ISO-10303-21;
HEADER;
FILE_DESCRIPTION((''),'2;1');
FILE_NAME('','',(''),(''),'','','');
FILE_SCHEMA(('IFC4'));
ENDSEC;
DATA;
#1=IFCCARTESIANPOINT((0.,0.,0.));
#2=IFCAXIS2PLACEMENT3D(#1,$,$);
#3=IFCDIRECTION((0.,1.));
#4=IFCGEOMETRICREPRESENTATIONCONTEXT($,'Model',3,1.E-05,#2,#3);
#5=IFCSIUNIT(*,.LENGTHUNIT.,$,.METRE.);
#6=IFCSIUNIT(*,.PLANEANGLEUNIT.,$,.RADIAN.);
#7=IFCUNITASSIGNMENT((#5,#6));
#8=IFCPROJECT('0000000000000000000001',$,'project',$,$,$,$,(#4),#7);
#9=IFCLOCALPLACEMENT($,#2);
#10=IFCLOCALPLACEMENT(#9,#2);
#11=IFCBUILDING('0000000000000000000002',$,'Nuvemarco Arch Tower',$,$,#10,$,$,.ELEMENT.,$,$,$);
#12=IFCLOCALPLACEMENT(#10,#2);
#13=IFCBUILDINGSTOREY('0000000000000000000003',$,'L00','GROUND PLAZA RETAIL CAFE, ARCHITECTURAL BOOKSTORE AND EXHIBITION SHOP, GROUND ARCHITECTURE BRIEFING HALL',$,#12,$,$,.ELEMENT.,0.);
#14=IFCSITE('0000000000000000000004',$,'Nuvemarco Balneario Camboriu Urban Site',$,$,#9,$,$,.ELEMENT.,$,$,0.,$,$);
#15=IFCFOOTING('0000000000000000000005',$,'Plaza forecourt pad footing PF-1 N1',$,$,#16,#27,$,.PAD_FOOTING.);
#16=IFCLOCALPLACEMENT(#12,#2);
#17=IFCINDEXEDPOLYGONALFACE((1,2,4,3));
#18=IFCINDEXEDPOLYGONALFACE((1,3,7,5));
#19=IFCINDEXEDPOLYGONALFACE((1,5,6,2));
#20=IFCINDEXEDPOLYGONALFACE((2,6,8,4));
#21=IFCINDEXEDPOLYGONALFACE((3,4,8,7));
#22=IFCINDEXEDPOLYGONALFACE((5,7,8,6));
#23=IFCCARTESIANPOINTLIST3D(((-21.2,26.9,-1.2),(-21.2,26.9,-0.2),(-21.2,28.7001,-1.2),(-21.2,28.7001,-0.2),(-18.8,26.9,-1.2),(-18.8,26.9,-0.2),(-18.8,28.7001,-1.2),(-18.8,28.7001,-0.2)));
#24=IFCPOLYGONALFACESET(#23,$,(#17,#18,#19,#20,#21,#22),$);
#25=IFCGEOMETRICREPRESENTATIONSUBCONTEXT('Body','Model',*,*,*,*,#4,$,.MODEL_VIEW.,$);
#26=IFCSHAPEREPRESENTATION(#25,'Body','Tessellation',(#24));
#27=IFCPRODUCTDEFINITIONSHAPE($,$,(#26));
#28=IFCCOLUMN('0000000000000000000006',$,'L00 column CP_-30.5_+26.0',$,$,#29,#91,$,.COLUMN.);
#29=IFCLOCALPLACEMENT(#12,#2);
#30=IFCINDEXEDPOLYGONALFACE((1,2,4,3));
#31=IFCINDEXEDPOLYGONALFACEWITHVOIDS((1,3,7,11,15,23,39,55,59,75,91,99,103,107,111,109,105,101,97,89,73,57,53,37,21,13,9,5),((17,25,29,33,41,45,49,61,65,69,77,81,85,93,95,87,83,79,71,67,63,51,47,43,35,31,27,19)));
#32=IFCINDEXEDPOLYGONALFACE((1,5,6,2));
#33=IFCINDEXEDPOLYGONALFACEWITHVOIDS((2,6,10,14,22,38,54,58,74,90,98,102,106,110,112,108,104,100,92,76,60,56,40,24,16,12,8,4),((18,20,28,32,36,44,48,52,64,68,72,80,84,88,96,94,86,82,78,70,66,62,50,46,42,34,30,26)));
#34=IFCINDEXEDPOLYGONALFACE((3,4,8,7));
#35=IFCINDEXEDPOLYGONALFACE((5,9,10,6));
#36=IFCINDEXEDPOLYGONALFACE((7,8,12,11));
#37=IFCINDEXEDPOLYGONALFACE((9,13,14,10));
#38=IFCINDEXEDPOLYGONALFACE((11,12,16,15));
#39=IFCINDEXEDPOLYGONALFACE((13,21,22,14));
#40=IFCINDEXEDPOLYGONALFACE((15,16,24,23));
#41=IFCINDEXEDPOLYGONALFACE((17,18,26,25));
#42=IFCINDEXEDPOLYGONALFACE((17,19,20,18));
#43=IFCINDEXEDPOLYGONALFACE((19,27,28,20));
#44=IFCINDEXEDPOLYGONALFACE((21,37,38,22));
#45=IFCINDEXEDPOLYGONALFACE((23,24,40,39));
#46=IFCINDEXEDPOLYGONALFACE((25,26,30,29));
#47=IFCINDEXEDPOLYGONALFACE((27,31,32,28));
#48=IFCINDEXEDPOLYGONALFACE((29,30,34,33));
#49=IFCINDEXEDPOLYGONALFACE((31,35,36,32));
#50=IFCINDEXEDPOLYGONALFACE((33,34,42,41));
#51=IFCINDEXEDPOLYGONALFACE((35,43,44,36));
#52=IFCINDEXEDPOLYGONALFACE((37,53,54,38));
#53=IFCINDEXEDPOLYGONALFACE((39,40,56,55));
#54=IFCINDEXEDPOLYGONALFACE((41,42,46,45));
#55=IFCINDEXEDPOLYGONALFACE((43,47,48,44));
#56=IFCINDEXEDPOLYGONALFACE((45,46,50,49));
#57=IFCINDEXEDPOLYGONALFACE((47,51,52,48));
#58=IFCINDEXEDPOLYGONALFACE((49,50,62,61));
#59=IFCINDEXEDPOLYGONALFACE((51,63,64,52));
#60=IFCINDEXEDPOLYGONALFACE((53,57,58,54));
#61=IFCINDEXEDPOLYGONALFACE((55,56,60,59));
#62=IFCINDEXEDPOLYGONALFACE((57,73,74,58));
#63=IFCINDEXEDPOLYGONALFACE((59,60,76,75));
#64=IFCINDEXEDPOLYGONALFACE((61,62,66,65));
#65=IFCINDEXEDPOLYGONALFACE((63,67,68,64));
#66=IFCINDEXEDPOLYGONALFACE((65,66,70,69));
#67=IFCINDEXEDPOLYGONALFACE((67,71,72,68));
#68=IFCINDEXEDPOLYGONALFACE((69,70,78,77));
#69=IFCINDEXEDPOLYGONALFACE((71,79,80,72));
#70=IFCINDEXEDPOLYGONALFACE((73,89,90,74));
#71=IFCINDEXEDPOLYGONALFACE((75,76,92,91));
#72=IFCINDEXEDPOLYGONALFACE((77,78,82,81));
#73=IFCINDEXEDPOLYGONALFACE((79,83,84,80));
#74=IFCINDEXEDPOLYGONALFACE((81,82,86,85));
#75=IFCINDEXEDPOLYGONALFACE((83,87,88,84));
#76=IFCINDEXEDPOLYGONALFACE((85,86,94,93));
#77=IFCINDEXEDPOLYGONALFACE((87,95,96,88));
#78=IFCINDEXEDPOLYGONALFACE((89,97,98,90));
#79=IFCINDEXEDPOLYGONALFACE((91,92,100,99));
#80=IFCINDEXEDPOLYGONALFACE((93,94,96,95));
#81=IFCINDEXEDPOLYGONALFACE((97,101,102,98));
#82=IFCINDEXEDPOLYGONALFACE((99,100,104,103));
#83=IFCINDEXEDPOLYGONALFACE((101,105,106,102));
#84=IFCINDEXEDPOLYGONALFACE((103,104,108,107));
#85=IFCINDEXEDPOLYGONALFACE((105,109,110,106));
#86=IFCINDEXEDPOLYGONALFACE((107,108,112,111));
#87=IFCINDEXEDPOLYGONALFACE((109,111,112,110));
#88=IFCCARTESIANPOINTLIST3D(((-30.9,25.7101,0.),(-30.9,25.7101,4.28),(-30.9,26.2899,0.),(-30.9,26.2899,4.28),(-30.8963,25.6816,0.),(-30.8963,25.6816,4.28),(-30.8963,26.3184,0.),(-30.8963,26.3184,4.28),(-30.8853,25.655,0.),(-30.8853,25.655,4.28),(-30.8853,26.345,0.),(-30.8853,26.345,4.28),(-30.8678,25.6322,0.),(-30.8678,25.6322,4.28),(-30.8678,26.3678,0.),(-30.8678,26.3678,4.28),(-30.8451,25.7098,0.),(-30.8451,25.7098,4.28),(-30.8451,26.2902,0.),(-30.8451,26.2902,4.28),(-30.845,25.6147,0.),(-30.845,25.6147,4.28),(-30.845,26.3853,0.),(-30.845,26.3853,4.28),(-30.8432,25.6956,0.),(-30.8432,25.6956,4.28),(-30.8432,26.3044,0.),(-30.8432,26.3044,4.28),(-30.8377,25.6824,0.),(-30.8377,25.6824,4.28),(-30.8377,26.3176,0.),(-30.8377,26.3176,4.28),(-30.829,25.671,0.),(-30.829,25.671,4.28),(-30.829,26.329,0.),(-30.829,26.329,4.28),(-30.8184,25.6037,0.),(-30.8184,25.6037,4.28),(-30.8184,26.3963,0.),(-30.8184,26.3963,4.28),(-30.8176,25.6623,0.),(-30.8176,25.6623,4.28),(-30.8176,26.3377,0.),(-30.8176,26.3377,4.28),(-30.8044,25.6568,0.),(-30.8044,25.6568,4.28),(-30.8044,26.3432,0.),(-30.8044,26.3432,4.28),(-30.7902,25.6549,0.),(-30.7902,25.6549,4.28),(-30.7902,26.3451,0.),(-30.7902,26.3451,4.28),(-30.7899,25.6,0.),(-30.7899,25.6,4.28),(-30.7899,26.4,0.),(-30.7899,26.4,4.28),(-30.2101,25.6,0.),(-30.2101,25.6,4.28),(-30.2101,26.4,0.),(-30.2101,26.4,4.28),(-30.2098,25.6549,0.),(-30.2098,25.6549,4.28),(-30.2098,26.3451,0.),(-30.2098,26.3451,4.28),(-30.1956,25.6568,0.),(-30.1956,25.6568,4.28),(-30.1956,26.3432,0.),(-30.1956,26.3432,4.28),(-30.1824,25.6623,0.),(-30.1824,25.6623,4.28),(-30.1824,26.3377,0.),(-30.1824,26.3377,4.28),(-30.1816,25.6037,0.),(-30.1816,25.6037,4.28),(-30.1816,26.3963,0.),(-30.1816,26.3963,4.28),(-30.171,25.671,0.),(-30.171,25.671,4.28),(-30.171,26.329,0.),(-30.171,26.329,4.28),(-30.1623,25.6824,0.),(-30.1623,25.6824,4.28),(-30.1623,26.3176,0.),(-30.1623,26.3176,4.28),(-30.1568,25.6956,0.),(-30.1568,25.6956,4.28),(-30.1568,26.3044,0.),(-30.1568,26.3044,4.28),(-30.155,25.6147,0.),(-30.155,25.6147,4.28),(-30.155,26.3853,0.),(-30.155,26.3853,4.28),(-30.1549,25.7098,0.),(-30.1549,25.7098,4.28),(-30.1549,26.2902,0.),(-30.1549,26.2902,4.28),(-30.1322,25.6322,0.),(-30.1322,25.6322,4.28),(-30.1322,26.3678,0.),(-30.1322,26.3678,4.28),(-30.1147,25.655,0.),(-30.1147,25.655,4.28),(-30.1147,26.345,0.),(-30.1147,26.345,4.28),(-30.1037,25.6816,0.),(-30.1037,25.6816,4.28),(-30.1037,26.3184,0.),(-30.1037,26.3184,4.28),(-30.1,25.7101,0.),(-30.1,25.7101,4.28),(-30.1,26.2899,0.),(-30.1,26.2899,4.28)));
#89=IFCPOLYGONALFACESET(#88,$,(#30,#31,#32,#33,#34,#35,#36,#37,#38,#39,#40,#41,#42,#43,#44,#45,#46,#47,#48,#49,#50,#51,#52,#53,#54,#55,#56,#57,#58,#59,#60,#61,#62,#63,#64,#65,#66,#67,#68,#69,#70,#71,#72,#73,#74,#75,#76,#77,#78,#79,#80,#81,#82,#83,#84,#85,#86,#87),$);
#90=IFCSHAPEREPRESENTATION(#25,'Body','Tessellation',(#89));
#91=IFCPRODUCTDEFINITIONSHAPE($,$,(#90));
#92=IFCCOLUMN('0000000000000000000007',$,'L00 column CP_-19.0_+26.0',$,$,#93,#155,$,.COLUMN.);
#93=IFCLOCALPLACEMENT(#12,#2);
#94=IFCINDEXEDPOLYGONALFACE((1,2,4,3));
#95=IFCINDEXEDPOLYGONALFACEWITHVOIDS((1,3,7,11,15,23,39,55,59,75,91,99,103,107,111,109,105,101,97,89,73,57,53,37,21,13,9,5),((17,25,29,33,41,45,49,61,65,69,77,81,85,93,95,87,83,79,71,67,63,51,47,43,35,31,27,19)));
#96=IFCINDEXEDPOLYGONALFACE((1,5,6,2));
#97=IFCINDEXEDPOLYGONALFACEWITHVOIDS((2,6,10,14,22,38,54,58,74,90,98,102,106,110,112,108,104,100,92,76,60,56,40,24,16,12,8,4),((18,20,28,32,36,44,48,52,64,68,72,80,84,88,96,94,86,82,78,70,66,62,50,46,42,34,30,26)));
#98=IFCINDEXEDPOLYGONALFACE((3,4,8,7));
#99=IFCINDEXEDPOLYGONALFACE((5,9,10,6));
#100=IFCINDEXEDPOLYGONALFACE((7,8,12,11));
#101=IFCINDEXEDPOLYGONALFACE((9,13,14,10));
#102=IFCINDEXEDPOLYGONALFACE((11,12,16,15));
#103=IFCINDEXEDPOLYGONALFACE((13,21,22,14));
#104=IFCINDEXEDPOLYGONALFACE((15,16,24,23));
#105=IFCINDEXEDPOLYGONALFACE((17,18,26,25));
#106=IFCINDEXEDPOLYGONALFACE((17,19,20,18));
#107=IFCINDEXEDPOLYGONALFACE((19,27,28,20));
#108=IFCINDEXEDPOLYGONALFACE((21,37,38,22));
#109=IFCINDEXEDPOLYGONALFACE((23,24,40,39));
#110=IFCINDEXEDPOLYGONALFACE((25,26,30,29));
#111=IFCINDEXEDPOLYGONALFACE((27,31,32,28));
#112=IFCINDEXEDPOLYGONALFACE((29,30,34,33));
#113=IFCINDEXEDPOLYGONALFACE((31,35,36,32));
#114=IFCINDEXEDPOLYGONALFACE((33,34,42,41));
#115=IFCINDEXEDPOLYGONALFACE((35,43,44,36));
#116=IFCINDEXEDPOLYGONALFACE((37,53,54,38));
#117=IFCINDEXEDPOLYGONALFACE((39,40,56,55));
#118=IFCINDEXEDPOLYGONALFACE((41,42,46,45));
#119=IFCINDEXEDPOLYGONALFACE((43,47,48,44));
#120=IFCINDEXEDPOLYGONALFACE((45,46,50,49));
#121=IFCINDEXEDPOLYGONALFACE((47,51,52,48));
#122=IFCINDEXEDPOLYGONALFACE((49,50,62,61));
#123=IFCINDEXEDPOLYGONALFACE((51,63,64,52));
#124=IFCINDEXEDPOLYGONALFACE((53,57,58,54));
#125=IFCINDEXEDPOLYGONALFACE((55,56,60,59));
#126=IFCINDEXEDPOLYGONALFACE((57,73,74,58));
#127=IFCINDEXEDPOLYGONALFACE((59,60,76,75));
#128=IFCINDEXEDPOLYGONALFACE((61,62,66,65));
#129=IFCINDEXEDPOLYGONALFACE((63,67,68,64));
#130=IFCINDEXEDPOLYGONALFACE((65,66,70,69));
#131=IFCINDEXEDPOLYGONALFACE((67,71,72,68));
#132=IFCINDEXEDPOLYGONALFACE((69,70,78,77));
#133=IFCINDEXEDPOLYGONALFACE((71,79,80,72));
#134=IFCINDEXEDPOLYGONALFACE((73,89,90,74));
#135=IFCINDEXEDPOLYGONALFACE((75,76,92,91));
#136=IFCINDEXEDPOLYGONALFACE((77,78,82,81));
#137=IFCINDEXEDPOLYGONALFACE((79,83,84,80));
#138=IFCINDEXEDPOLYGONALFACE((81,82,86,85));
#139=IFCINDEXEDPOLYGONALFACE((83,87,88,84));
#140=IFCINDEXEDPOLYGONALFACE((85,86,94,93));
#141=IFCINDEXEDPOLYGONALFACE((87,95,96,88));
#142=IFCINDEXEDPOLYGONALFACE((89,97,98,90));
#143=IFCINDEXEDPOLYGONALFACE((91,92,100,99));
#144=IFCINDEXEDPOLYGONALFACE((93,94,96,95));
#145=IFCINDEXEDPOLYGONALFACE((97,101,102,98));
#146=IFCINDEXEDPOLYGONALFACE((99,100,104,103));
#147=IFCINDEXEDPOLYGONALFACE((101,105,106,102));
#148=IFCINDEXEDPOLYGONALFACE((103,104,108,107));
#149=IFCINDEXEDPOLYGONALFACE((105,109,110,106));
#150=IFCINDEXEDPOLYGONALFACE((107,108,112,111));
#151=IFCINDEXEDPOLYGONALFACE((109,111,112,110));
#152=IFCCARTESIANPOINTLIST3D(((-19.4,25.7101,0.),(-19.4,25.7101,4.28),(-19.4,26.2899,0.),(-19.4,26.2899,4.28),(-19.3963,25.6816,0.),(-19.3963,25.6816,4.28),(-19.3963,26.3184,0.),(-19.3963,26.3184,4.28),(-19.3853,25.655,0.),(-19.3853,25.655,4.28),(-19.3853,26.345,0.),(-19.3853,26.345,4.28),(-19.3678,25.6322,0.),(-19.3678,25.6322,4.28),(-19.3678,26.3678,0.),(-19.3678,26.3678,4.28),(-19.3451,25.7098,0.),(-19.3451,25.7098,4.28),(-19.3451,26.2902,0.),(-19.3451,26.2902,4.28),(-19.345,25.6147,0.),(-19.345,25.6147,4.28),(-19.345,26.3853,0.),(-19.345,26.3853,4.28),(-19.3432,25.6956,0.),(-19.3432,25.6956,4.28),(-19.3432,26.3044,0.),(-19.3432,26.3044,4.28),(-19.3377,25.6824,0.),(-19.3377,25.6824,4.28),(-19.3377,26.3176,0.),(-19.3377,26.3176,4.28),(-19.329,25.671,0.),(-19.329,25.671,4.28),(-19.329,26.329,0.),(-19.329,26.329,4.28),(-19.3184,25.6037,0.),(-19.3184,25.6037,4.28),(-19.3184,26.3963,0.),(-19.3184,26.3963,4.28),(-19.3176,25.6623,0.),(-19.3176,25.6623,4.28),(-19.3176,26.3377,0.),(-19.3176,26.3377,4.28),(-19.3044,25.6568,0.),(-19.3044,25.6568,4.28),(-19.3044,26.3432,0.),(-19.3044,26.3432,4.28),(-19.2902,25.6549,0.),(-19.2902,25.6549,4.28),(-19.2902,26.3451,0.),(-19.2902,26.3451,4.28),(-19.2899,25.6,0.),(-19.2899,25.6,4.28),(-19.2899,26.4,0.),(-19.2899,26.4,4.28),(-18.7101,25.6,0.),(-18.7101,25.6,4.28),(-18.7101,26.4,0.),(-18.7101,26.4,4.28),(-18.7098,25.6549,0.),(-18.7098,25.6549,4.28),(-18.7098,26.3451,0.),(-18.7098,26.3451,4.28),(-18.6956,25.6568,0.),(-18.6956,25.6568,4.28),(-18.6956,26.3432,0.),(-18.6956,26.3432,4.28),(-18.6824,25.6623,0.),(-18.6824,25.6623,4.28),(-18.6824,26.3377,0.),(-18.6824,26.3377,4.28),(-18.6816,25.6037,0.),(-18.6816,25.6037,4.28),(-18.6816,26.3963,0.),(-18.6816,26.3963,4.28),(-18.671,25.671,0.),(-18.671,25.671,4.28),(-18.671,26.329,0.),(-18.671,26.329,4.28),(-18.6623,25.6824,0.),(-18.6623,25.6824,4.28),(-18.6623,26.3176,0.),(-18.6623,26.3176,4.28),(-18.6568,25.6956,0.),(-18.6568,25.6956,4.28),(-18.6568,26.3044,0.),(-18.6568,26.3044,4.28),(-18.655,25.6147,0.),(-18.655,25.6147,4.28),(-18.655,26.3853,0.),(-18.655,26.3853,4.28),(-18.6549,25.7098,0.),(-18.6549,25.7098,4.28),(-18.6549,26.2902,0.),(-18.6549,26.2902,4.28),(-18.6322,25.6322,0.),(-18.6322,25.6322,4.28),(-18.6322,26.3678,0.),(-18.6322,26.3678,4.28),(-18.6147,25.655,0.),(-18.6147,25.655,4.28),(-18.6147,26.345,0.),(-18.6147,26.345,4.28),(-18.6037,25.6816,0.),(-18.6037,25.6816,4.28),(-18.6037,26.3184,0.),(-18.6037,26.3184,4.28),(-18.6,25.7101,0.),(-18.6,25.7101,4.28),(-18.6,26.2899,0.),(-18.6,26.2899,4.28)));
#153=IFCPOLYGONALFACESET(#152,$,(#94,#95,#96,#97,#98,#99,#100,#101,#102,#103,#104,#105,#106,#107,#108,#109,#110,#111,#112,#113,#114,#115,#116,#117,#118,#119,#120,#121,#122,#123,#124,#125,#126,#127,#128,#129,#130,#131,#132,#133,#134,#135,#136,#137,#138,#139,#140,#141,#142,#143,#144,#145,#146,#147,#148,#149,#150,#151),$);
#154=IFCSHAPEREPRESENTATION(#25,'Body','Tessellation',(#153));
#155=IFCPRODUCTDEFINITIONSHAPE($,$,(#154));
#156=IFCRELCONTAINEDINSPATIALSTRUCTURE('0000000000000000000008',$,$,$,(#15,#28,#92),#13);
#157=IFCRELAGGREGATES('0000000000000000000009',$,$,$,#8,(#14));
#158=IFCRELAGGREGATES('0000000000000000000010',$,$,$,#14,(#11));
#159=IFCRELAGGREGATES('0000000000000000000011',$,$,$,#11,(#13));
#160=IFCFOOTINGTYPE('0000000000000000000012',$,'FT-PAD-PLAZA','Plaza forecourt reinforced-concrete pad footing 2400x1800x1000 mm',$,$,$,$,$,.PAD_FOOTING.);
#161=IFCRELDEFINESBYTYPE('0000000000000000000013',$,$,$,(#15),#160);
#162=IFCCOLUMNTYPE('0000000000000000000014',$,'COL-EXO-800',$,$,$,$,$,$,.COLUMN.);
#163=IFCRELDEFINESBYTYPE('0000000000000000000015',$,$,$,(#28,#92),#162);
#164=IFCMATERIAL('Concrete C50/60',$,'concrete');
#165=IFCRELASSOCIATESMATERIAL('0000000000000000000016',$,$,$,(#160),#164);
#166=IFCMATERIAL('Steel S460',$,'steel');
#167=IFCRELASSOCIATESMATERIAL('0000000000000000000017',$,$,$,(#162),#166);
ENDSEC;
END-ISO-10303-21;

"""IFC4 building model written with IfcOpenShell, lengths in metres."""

from ifc_helpers import new_model, si_unit, direction, frame, origin, origin_2d, place, context, subcontext, project, spatial, rectangle, hollow_rectangle, extrude, source, transform, mapped, material, material_profile, profile_set, type_object, type_shapes, element, save


model = new_model("IFC4")

# Units and contexts
model_context = context("Model", 3, precision=1e-05, world=origin(), true_north=direction((0.0, 1.0)))
body_context = subcontext(model_context, "Body", "Model", "MODEL_VIEW")
ifc_project = project(units=[si_unit("LENGTHUNIT", "METRE"), si_unit("PLANEANGLEUNIT", "RADIAN")], contexts=[model_context])

# Site, building, storey
site_placement = place(None, origin())
site = spatial("IfcSite", under=ifc_project, at=site_placement, Name="Nuvemarco Balneario Camboriu Urban Site", CompositionType="ELEMENT", RefElevation=0.0)
building_placement = place(site_placement, origin())
building = spatial("IfcBuilding", under=site, at=building_placement, Name="Nuvemarco Arch Tower", CompositionType="ELEMENT")
storey_placement = place(building_placement, origin())
storey = spatial("IfcBuildingStorey", under=building, at=storey_placement, Name="L00", Description="GROUND PLAZA RETAIL CAFE, ARCHITECTURAL BOOKSTORE AND EXHIBITION SHOP, GROUND ARCHITECTURE BRIEFING HALL", CompositionType="ELEMENT", Elevation=0.0)

# Footing
ifc_material_1 = material(Name="Concrete C50/60", Category="concrete")
footing_type = type_object("IfcFootingType", Name="FT-PAD-PLAZA", Description="Plaza forecourt reinforced-concrete pad footing 2400x1800x1000 mm", PredefinedType="PAD_FOOTING", material=ifc_material_1)
shared_shape_1 = source(origin(), body_context, "Body", "SweptSolid", [
    extrude(rectangle(XDim=2.3999, YDim=1.8, at=origin_2d()), origin(), (0.0, 0.0, 1.0), 1.0),
])
type_shapes(footing_type, [shared_shape_1])
footing_placement = place(storey_placement, frame((-20.0, 27.8, -1.2), z_axis=(0.0, 0.0, 1.0), x_axis=(1.0, 0.0, 0.0)))
element("IfcFooting", 1, at=footing_placement, inside=storey, type_object=footing_type, Name="Plaza forecourt pad footing PF-1 N1", PredefinedType="PAD_FOOTING", context=body_context, shape_type="MappedRepresentation", body=[
    mapped(shared_shape_1, transform((0.0, 0.0, 0.0), scale=1.0)),
])

# Columns
ifc_material_2 = material(Name="Steel S460", Category="steel")
ifc_material_profile_1 = material_profile(ifc_material_2, hollow_rectangle(XDim=0.8, YDim=0.8, WallThickness=0.0549, InnerFilletRadius=0.0549, OuterFilletRadius=0.1101, at=origin_2d()), Name="SHS800x800x55")
ifc_profile_set_1 = profile_set([ifc_material_profile_1], Name="Steel S460")
column_type = type_object("IfcColumnType", Name="COL-EXO-800", PredefinedType="COLUMN", material=ifc_profile_set_1)
for number, where, z_axis, x_axis, name in (
    (2, (-30.5, 26.0, 0.0), (0.0, 0.0, 1.0), (1.0, 0.0, 0.0), "L00 column CP_-30.5_+26.0"),
    (3, (-19.0, 26.0, 0.0), (0.0, 0.0, 1.0), (1.0, 0.0, 0.0), "L00 column CP_-19.0_+26.0"),
):
    element("IfcColumn", number, at=place(storey_placement, frame(where, z_axis=z_axis, x_axis=x_axis)), inside=storey, type_object=column_type, Name=name, PredefinedType="COLUMN", context=body_context, shape_type="SweptSolid", body=[
        extrude(hollow_rectangle(XDim=0.8, YDim=0.8, WallThickness=0.0549, InnerFilletRadius=0.0549, OuterFilletRadius=0.1101, at=origin_2d()), origin(), (0.0, 0.0, 1.0), 4.28),
    ])

save(model, "model.ifc")
